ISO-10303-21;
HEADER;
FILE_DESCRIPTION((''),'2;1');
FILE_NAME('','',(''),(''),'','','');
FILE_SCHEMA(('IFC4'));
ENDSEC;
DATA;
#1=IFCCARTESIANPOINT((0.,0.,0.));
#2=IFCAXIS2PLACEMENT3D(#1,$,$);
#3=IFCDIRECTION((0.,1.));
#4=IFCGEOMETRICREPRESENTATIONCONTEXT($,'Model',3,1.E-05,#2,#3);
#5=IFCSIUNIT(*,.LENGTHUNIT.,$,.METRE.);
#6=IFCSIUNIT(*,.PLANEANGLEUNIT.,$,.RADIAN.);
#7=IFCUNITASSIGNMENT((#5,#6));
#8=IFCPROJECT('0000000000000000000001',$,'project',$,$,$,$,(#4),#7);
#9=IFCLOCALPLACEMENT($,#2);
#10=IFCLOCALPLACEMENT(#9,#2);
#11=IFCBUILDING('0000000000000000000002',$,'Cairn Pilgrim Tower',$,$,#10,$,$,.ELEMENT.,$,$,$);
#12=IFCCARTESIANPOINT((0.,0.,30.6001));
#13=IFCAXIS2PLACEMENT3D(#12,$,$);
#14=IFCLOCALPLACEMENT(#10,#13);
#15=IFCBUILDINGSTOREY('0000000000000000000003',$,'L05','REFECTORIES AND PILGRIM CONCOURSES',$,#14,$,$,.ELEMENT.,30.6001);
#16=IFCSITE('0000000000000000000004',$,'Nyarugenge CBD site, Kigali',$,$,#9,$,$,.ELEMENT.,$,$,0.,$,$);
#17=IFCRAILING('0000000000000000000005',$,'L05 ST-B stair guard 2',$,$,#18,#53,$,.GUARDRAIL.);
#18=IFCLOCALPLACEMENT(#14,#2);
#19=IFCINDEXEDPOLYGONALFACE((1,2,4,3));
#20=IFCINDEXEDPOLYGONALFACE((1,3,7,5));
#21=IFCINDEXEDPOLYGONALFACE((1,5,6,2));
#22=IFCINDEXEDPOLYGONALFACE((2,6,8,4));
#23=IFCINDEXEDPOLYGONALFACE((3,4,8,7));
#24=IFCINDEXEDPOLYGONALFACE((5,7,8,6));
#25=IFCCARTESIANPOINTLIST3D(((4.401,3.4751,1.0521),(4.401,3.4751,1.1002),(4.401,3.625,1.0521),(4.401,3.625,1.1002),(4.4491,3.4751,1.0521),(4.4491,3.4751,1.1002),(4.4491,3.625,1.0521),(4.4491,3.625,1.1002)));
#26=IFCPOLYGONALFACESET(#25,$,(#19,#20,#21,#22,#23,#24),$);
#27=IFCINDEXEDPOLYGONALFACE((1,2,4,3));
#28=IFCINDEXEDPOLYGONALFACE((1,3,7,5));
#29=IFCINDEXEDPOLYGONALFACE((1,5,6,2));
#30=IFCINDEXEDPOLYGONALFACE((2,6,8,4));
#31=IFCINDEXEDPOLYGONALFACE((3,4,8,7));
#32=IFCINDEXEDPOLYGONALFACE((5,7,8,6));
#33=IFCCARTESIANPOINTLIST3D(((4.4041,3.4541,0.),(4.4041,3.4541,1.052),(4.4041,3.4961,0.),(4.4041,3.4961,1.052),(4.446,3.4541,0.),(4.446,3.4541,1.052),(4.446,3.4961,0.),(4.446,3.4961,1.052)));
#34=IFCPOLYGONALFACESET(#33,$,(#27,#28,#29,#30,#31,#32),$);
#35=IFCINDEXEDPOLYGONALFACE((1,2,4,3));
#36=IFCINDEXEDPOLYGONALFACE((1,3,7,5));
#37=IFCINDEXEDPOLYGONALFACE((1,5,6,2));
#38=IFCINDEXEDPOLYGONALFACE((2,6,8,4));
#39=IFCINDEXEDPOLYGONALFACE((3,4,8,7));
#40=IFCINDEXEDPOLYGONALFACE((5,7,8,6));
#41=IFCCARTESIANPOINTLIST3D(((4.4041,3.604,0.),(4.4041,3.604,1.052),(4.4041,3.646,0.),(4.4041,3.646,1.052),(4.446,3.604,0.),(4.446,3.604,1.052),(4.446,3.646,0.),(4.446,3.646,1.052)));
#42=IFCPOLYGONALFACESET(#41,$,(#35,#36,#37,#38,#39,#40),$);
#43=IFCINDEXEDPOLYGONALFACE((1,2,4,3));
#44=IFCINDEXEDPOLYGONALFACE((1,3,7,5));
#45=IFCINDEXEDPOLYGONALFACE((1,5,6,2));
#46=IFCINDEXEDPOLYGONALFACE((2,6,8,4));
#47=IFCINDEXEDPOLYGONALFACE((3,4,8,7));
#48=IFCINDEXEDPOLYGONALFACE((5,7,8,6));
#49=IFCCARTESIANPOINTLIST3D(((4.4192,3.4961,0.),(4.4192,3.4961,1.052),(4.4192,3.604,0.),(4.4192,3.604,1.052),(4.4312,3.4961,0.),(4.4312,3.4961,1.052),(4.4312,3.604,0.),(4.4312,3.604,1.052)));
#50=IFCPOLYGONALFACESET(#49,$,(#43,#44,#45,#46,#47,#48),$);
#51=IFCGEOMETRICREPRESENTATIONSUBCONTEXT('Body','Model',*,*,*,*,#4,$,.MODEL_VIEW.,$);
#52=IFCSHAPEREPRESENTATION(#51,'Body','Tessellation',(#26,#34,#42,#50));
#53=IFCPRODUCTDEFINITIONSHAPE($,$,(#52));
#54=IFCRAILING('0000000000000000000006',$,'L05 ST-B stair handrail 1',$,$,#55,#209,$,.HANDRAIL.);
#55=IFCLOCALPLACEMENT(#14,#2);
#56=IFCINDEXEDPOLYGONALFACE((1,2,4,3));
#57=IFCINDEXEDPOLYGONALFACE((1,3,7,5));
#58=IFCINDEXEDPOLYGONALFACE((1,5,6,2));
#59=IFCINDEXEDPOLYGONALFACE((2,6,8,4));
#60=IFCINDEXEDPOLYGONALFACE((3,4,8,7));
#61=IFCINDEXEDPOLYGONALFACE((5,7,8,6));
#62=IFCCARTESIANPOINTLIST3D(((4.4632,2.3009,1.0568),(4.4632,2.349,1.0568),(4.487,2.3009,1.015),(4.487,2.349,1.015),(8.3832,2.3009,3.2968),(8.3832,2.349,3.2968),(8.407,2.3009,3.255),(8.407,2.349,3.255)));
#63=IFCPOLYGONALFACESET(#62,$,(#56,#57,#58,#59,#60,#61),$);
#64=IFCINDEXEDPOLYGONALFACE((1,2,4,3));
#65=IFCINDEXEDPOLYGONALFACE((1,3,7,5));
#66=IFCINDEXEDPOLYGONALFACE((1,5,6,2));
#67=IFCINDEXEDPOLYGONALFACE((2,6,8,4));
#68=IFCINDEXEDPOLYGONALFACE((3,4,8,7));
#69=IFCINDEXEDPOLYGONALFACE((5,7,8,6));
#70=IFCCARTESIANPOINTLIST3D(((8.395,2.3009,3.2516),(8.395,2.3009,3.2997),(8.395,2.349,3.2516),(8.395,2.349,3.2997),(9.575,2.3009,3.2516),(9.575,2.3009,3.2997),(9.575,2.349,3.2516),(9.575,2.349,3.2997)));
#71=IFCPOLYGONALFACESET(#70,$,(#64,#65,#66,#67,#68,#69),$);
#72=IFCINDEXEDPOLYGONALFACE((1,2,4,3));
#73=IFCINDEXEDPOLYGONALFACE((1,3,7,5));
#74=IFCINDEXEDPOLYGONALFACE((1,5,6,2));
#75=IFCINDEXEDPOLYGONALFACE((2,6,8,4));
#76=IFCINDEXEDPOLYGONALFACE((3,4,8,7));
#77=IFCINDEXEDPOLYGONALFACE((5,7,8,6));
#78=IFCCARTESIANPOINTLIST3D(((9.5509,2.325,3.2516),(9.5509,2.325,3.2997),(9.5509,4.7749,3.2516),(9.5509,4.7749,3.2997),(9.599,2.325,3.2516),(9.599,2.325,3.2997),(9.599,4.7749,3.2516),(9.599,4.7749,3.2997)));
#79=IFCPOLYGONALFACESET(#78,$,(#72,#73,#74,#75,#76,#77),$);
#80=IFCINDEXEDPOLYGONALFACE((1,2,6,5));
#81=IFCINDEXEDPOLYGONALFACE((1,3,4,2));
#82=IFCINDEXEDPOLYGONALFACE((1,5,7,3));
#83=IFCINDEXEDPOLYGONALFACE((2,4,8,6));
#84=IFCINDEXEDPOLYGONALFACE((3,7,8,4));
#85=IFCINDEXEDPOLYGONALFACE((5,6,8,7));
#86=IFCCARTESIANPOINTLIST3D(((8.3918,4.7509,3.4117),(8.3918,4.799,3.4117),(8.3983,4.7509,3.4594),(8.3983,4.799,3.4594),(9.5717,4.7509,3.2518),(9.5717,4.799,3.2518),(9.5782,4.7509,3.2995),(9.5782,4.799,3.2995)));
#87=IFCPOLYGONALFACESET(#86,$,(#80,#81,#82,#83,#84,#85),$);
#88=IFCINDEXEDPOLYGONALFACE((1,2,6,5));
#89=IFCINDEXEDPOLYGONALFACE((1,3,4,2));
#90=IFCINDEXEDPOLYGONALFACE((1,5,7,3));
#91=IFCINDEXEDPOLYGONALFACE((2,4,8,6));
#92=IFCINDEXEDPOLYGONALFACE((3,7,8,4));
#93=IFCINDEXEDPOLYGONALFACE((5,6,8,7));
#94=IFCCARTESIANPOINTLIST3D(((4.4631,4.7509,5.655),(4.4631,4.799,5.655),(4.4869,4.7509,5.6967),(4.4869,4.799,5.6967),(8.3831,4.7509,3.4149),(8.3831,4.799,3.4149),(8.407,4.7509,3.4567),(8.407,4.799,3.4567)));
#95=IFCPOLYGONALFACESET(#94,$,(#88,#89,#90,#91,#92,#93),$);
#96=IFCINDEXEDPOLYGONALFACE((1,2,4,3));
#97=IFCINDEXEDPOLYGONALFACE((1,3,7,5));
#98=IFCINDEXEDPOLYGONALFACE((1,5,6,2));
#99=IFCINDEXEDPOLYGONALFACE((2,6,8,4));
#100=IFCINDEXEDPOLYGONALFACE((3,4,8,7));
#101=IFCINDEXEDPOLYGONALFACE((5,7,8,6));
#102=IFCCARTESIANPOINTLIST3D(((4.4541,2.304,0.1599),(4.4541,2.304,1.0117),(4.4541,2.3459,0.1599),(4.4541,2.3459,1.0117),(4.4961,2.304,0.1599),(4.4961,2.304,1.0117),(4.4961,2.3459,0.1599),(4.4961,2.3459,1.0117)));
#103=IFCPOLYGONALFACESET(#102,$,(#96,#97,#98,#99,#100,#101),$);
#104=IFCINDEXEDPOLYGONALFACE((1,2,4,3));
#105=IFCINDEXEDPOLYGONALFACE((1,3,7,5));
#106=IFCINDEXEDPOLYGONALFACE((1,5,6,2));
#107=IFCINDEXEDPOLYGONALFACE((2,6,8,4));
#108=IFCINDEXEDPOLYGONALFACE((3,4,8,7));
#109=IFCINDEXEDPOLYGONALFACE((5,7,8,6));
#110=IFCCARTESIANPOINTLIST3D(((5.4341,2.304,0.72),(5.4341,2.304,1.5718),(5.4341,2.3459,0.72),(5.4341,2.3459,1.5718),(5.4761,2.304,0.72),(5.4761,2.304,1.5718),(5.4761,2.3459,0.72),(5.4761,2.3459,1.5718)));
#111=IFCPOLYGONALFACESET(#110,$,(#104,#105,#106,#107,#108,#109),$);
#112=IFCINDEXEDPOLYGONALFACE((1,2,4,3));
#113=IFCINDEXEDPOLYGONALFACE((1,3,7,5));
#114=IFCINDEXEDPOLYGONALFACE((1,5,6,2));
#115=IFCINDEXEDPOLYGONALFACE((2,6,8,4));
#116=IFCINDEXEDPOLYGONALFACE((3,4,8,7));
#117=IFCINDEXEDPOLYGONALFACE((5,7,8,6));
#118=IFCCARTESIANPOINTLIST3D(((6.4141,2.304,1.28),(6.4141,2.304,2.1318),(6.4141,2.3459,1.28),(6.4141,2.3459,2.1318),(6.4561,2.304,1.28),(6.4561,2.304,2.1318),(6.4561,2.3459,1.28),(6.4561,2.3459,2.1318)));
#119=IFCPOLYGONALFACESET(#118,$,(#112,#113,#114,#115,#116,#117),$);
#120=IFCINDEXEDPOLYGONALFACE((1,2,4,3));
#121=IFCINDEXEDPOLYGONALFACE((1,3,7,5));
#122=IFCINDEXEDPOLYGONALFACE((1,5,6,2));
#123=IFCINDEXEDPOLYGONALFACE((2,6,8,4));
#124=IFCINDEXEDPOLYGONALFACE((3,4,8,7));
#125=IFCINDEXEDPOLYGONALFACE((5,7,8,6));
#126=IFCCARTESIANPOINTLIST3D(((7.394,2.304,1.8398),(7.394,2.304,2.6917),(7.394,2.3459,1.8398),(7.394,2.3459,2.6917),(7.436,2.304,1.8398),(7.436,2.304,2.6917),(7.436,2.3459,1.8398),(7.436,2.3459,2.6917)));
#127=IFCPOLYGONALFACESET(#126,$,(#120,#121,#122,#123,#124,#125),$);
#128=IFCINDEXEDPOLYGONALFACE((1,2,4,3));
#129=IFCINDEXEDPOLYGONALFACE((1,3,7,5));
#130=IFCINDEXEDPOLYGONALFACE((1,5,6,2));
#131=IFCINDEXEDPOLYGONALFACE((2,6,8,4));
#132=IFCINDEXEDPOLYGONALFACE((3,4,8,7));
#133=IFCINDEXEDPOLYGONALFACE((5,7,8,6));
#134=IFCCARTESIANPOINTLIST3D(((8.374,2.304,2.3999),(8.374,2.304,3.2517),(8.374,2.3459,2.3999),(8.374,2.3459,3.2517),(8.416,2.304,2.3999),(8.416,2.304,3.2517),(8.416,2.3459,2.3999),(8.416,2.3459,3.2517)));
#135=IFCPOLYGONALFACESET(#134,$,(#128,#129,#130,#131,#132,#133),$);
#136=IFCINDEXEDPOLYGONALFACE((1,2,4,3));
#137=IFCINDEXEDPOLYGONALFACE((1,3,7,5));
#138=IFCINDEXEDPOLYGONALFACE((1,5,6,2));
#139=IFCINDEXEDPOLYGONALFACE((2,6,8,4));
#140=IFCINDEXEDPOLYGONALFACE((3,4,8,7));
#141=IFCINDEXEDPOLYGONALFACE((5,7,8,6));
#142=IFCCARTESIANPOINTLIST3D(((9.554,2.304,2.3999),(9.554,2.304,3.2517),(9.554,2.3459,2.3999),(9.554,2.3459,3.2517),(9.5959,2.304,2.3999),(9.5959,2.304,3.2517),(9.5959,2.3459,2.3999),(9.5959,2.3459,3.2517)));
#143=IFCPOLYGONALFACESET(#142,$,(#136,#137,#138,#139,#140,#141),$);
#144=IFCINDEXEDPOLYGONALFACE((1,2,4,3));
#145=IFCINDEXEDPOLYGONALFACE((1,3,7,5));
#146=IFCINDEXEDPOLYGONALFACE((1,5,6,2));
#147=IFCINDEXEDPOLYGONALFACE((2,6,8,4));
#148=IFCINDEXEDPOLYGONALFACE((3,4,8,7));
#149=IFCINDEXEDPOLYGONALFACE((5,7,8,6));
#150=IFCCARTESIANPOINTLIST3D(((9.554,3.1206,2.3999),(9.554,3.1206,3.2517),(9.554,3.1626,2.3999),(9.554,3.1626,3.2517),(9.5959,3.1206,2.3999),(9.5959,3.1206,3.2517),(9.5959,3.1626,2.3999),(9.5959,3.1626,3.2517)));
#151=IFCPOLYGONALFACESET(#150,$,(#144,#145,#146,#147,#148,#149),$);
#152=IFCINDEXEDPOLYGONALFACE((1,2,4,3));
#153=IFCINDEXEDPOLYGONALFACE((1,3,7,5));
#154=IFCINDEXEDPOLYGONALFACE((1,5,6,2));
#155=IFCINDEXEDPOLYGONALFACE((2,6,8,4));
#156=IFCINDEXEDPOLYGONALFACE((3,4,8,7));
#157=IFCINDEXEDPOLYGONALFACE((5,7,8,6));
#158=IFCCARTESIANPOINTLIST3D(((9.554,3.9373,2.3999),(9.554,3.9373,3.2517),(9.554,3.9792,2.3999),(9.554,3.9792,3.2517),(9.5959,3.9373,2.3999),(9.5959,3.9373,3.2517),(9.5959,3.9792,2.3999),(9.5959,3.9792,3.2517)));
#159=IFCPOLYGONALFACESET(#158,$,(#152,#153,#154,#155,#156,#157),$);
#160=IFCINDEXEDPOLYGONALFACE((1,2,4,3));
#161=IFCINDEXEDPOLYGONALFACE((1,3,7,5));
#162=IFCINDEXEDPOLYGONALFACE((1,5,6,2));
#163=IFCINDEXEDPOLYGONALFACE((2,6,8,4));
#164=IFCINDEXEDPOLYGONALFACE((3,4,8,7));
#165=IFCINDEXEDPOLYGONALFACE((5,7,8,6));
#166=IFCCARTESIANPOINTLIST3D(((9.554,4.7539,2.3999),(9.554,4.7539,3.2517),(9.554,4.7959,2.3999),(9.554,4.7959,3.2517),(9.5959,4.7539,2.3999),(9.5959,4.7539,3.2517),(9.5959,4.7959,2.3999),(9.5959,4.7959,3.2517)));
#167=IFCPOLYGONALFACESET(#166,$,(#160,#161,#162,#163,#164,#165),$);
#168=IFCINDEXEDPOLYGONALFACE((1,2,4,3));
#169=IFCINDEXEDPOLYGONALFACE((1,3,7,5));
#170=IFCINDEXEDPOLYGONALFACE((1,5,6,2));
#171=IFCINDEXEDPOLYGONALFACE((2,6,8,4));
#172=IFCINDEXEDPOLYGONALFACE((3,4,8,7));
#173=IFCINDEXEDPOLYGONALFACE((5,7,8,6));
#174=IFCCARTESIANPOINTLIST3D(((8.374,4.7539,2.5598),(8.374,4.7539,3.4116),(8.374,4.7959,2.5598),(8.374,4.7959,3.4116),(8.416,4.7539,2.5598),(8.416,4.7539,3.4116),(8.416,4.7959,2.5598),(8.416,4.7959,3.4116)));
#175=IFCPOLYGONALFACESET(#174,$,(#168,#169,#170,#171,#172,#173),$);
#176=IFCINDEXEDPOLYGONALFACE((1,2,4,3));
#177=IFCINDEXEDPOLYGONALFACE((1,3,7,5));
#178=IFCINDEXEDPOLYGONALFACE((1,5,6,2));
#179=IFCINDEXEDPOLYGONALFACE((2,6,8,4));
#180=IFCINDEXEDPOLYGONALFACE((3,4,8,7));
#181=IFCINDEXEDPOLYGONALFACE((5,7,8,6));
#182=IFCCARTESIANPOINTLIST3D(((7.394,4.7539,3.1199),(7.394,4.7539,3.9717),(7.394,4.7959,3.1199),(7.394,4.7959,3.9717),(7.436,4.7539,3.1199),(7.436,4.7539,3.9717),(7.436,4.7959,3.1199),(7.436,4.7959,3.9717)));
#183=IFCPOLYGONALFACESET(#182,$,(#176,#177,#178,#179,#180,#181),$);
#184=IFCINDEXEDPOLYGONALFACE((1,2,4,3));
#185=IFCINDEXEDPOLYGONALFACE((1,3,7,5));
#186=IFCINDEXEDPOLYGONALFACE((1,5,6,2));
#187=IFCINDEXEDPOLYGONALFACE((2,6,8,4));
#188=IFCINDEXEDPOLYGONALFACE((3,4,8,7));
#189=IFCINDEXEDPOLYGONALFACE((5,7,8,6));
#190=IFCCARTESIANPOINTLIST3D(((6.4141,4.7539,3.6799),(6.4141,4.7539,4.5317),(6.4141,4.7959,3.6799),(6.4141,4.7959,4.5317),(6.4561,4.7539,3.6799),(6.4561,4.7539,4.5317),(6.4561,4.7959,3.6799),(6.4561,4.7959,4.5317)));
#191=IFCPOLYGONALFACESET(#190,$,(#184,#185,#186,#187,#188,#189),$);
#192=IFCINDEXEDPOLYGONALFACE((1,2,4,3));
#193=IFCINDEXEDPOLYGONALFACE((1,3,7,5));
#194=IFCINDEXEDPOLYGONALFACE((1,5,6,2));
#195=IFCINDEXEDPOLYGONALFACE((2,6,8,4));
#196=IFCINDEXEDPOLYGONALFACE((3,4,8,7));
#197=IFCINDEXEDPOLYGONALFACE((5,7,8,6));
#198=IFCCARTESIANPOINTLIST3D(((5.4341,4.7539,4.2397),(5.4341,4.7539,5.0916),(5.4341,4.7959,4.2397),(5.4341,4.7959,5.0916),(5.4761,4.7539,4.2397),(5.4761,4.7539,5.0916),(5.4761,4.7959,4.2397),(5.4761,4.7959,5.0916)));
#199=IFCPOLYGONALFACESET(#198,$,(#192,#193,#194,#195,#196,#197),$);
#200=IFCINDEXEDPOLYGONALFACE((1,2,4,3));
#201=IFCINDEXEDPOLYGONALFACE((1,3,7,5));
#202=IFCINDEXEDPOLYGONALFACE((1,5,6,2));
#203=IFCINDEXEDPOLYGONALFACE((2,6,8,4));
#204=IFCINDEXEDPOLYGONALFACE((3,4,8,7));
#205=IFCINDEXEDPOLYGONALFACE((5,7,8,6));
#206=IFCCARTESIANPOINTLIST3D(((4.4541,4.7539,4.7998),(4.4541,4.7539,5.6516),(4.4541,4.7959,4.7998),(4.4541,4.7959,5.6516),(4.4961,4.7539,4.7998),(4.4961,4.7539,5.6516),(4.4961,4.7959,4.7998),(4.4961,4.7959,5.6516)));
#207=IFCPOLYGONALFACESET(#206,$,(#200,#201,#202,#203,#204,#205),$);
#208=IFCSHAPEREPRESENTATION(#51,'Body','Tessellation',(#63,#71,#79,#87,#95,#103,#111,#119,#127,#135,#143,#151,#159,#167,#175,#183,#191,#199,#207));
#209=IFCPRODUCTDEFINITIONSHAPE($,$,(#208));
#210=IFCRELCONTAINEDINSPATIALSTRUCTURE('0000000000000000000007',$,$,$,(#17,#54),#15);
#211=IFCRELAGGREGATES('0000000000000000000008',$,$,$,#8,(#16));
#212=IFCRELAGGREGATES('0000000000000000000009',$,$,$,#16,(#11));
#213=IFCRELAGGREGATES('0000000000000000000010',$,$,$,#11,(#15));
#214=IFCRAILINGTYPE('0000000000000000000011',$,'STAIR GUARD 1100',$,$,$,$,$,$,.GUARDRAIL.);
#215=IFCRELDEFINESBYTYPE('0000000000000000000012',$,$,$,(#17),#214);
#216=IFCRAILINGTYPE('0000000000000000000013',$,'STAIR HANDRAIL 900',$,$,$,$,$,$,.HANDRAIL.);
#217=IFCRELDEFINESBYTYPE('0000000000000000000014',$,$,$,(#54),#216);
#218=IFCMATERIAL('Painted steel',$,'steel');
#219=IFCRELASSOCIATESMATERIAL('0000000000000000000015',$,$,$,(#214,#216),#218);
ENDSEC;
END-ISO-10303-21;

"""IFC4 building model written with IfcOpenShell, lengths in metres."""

from ifc_helpers import new_model, si_unit, direction, frame, origin, origin_2d, place, context, subcontext, project, spatial, polyline, rectangle, outline, extrude, material, type_object, element, save


model = new_model("IFC4")

# Units and contexts
model_context = context("Model", 3, precision=1e-05, world=origin(), true_north=direction((0.0, 1.0)))
body_context = subcontext(model_context, "Body", "Model", "MODEL_VIEW")
ifc_project = project(units=[si_unit("LENGTHUNIT", "METRE"), si_unit("PLANEANGLEUNIT", "RADIAN")], contexts=[model_context])

# Site, building, storey
site_placement = place(None, origin())
site = spatial("IfcSite", under=ifc_project, at=site_placement, Name="Nyarugenge CBD site, Kigali", CompositionType="ELEMENT", RefElevation=0.0)
building_placement = place(site_placement, origin())
building = spatial("IfcBuilding", under=site, at=building_placement, Name="Cairn Pilgrim Tower", CompositionType="ELEMENT")
storey_placement = place(building_placement, frame((0.0, 0.0, 30.6001)))
storey = spatial("IfcBuildingStorey", under=building, at=storey_placement, Name="L05", Description="REFECTORIES AND PILGRIM CONCOURSES", CompositionType="ELEMENT", Elevation=30.6001)

# Shared definitions
ifc_material_1 = material(Name="Painted steel", Category="steel")

# Railings
railing_type_1 = type_object("IfcRailingType", Name="STAIR GUARD 1100", PredefinedType="GUARDRAIL", material=ifc_material_1)
railing_1_placement = place(storey_placement, frame((4.425, 3.4751, 0.0)))
element("IfcRailing", 1, at=railing_1_placement, inside=storey, type_object=railing_type_1, Name="L05 ST-B stair guard 2", PredefinedType="GUARDRAIL", context=body_context, shape_type="SweptSolid", body=[
    extrude(rectangle(XDim=0.0481, YDim=0.0481, at=origin_2d()), frame((0.0, 0.0, 1.0762), z_axis=(0.0, 1.0, 0.0), x_axis=(-1.0, 0.0, 0.0)), (0.0, 0.0, 1.0), 0.1499),
    extrude(rectangle(XDim=0.042, YDim=0.042, at=origin_2d()), origin(), (0.0, 0.0, 1.0), 1.052),
    extrude(rectangle(XDim=0.042, YDim=0.042, at=origin_2d()), frame((0.0, 0.1499, 0.0)), (0.0, 0.0, 1.0), 1.052),
    extrude(outline(polyline([(0.021, 0.0), (0.1289, 0.0), (0.1289, 1.052), (0.021, 1.052), (0.021, 0.0)])), frame((-0.0059, 0.0, 0.0), z_axis=(1.0, 0.0, 0.0), x_axis=(0.0, 1.0, 0.0)), (0.0, 0.0, 1.0), 0.012),
])
railing_type_2 = type_object("IfcRailingType", Name="STAIR HANDRAIL 900", PredefinedType="HANDRAIL", material=ifc_material_1)
railing_2_placement = place(storey_placement, frame((4.4751, 2.325, 0.1599)))
element("IfcRailing", 2, at=railing_2_placement, inside=storey, type_object=railing_type_2, Name="L05 ST-B stair handrail 1", PredefinedType="HANDRAIL", context=body_context, shape_type="SweptSolid", body=[
    extrude(rectangle(XDim=0.0481, YDim=0.0481, at=origin_2d()), frame((0.0, 0.0, 0.876), z_axis=(0.86824, 0.0, 0.496145), x_axis=(0.0, 1.0, 0.0)), (0.0, 0.0, 1.0), 4.5149),
    extrude(rectangle(XDim=0.0481, YDim=0.0481, at=origin_2d()), frame((3.9199, 0.0, 3.1157), z_axis=(1.0, 0.0, 0.0), x_axis=(0.0, 1.0, 0.0)), (0.0, 0.0, 1.0), 1.1799),
    extrude(rectangle(XDim=0.0481, YDim=0.0481, at=origin_2d()), frame((5.0999, 0.0, 3.1157), z_axis=(0.0, 1.0, 0.0), x_axis=(-1.0, 0.0, 0.0)), (0.0, 0.0, 1.0), 2.45),
    extrude(rectangle(XDim=0.0481, YDim=0.0481, at=origin_2d()), frame((5.0999, 2.45, 3.1157), z_axis=(-0.990941, 0.0, 0.134299), x_axis=(0.0, -1.0, 0.0)), (0.0, 0.0, 1.0), 1.1907),
    extrude(rectangle(XDim=0.0481, YDim=0.0481, at=origin_2d()), frame((3.9199, 2.45, 3.2759), z_axis=(-0.86824, 0.0, 0.496145), x_axis=(0.0, -1.0, 0.0)), (0.0, 0.0, 1.0), 4.5149),
    extrude(rectangle(XDim=0.042, YDim=0.042, at=origin_2d()), origin(), (0.0, 0.0, 1.0), 0.8518),
    extrude(rectangle(XDim=0.042, YDim=0.042, at=origin_2d()), frame((0.98, 0.0, 0.5601)), (0.0, 0.0, 1.0), 0.8518),
    extrude(rectangle(XDim=0.042, YDim=0.042, at=origin_2d()), frame((1.96, 0.0, 1.1201)), (0.0, 0.0, 1.0), 0.8518),
    extrude(rectangle(XDim=0.042, YDim=0.042, at=origin_2d()), frame((2.9399, 0.0, 1.6799)), (0.0, 0.0, 1.0), 0.8518),
    extrude(rectangle(XDim=0.042, YDim=0.042, at=origin_2d()), frame((3.9199, 0.0, 2.24)), (0.0, 0.0, 1.0), 0.8518),
    extrude(rectangle(XDim=0.042, YDim=0.042, at=origin_2d()), frame((5.0999, 0.0, 2.24)), (0.0, 0.0, 1.0), 0.8518),
    extrude(rectangle(XDim=0.042, YDim=0.042, at=origin_2d()), frame((5.0999, 0.8167, 2.24)), (0.0, 0.0, 1.0), 0.8518),
    extrude(rectangle(XDim=0.042, YDim=0.042, at=origin_2d()), frame((5.0999, 1.6333, 2.24)), (0.0, 0.0, 1.0), 0.8518),
    extrude(rectangle(XDim=0.042, YDim=0.042, at=origin_2d()), frame((5.0999, 2.45, 2.24)), (0.0, 0.0, 1.0), 0.8518),
    extrude(rectangle(XDim=0.042, YDim=0.042, at=origin_2d()), frame((3.9199, 2.45, 2.3999)), (0.0, 0.0, 1.0), 0.8518),
    extrude(rectangle(XDim=0.042, YDim=0.042, at=origin_2d()), frame((2.9399, 2.45, 2.96)), (0.0, 0.0, 1.0), 0.8518),
    extrude(rectangle(XDim=0.042, YDim=0.042, at=origin_2d()), frame((1.96, 2.45, 3.52)), (0.0, 0.0, 1.0), 0.8518),
    extrude(rectangle(XDim=0.042, YDim=0.042, at=origin_2d()), frame((0.98, 2.45, 4.0798)), (0.0, 0.0, 1.0), 0.8518),
    extrude(rectangle(XDim=0.042, YDim=0.042, at=origin_2d()), frame((0.0, 2.45, 4.6399)), (0.0, 0.0, 1.0), 0.8518),
])

save(model, "model.ifc")
